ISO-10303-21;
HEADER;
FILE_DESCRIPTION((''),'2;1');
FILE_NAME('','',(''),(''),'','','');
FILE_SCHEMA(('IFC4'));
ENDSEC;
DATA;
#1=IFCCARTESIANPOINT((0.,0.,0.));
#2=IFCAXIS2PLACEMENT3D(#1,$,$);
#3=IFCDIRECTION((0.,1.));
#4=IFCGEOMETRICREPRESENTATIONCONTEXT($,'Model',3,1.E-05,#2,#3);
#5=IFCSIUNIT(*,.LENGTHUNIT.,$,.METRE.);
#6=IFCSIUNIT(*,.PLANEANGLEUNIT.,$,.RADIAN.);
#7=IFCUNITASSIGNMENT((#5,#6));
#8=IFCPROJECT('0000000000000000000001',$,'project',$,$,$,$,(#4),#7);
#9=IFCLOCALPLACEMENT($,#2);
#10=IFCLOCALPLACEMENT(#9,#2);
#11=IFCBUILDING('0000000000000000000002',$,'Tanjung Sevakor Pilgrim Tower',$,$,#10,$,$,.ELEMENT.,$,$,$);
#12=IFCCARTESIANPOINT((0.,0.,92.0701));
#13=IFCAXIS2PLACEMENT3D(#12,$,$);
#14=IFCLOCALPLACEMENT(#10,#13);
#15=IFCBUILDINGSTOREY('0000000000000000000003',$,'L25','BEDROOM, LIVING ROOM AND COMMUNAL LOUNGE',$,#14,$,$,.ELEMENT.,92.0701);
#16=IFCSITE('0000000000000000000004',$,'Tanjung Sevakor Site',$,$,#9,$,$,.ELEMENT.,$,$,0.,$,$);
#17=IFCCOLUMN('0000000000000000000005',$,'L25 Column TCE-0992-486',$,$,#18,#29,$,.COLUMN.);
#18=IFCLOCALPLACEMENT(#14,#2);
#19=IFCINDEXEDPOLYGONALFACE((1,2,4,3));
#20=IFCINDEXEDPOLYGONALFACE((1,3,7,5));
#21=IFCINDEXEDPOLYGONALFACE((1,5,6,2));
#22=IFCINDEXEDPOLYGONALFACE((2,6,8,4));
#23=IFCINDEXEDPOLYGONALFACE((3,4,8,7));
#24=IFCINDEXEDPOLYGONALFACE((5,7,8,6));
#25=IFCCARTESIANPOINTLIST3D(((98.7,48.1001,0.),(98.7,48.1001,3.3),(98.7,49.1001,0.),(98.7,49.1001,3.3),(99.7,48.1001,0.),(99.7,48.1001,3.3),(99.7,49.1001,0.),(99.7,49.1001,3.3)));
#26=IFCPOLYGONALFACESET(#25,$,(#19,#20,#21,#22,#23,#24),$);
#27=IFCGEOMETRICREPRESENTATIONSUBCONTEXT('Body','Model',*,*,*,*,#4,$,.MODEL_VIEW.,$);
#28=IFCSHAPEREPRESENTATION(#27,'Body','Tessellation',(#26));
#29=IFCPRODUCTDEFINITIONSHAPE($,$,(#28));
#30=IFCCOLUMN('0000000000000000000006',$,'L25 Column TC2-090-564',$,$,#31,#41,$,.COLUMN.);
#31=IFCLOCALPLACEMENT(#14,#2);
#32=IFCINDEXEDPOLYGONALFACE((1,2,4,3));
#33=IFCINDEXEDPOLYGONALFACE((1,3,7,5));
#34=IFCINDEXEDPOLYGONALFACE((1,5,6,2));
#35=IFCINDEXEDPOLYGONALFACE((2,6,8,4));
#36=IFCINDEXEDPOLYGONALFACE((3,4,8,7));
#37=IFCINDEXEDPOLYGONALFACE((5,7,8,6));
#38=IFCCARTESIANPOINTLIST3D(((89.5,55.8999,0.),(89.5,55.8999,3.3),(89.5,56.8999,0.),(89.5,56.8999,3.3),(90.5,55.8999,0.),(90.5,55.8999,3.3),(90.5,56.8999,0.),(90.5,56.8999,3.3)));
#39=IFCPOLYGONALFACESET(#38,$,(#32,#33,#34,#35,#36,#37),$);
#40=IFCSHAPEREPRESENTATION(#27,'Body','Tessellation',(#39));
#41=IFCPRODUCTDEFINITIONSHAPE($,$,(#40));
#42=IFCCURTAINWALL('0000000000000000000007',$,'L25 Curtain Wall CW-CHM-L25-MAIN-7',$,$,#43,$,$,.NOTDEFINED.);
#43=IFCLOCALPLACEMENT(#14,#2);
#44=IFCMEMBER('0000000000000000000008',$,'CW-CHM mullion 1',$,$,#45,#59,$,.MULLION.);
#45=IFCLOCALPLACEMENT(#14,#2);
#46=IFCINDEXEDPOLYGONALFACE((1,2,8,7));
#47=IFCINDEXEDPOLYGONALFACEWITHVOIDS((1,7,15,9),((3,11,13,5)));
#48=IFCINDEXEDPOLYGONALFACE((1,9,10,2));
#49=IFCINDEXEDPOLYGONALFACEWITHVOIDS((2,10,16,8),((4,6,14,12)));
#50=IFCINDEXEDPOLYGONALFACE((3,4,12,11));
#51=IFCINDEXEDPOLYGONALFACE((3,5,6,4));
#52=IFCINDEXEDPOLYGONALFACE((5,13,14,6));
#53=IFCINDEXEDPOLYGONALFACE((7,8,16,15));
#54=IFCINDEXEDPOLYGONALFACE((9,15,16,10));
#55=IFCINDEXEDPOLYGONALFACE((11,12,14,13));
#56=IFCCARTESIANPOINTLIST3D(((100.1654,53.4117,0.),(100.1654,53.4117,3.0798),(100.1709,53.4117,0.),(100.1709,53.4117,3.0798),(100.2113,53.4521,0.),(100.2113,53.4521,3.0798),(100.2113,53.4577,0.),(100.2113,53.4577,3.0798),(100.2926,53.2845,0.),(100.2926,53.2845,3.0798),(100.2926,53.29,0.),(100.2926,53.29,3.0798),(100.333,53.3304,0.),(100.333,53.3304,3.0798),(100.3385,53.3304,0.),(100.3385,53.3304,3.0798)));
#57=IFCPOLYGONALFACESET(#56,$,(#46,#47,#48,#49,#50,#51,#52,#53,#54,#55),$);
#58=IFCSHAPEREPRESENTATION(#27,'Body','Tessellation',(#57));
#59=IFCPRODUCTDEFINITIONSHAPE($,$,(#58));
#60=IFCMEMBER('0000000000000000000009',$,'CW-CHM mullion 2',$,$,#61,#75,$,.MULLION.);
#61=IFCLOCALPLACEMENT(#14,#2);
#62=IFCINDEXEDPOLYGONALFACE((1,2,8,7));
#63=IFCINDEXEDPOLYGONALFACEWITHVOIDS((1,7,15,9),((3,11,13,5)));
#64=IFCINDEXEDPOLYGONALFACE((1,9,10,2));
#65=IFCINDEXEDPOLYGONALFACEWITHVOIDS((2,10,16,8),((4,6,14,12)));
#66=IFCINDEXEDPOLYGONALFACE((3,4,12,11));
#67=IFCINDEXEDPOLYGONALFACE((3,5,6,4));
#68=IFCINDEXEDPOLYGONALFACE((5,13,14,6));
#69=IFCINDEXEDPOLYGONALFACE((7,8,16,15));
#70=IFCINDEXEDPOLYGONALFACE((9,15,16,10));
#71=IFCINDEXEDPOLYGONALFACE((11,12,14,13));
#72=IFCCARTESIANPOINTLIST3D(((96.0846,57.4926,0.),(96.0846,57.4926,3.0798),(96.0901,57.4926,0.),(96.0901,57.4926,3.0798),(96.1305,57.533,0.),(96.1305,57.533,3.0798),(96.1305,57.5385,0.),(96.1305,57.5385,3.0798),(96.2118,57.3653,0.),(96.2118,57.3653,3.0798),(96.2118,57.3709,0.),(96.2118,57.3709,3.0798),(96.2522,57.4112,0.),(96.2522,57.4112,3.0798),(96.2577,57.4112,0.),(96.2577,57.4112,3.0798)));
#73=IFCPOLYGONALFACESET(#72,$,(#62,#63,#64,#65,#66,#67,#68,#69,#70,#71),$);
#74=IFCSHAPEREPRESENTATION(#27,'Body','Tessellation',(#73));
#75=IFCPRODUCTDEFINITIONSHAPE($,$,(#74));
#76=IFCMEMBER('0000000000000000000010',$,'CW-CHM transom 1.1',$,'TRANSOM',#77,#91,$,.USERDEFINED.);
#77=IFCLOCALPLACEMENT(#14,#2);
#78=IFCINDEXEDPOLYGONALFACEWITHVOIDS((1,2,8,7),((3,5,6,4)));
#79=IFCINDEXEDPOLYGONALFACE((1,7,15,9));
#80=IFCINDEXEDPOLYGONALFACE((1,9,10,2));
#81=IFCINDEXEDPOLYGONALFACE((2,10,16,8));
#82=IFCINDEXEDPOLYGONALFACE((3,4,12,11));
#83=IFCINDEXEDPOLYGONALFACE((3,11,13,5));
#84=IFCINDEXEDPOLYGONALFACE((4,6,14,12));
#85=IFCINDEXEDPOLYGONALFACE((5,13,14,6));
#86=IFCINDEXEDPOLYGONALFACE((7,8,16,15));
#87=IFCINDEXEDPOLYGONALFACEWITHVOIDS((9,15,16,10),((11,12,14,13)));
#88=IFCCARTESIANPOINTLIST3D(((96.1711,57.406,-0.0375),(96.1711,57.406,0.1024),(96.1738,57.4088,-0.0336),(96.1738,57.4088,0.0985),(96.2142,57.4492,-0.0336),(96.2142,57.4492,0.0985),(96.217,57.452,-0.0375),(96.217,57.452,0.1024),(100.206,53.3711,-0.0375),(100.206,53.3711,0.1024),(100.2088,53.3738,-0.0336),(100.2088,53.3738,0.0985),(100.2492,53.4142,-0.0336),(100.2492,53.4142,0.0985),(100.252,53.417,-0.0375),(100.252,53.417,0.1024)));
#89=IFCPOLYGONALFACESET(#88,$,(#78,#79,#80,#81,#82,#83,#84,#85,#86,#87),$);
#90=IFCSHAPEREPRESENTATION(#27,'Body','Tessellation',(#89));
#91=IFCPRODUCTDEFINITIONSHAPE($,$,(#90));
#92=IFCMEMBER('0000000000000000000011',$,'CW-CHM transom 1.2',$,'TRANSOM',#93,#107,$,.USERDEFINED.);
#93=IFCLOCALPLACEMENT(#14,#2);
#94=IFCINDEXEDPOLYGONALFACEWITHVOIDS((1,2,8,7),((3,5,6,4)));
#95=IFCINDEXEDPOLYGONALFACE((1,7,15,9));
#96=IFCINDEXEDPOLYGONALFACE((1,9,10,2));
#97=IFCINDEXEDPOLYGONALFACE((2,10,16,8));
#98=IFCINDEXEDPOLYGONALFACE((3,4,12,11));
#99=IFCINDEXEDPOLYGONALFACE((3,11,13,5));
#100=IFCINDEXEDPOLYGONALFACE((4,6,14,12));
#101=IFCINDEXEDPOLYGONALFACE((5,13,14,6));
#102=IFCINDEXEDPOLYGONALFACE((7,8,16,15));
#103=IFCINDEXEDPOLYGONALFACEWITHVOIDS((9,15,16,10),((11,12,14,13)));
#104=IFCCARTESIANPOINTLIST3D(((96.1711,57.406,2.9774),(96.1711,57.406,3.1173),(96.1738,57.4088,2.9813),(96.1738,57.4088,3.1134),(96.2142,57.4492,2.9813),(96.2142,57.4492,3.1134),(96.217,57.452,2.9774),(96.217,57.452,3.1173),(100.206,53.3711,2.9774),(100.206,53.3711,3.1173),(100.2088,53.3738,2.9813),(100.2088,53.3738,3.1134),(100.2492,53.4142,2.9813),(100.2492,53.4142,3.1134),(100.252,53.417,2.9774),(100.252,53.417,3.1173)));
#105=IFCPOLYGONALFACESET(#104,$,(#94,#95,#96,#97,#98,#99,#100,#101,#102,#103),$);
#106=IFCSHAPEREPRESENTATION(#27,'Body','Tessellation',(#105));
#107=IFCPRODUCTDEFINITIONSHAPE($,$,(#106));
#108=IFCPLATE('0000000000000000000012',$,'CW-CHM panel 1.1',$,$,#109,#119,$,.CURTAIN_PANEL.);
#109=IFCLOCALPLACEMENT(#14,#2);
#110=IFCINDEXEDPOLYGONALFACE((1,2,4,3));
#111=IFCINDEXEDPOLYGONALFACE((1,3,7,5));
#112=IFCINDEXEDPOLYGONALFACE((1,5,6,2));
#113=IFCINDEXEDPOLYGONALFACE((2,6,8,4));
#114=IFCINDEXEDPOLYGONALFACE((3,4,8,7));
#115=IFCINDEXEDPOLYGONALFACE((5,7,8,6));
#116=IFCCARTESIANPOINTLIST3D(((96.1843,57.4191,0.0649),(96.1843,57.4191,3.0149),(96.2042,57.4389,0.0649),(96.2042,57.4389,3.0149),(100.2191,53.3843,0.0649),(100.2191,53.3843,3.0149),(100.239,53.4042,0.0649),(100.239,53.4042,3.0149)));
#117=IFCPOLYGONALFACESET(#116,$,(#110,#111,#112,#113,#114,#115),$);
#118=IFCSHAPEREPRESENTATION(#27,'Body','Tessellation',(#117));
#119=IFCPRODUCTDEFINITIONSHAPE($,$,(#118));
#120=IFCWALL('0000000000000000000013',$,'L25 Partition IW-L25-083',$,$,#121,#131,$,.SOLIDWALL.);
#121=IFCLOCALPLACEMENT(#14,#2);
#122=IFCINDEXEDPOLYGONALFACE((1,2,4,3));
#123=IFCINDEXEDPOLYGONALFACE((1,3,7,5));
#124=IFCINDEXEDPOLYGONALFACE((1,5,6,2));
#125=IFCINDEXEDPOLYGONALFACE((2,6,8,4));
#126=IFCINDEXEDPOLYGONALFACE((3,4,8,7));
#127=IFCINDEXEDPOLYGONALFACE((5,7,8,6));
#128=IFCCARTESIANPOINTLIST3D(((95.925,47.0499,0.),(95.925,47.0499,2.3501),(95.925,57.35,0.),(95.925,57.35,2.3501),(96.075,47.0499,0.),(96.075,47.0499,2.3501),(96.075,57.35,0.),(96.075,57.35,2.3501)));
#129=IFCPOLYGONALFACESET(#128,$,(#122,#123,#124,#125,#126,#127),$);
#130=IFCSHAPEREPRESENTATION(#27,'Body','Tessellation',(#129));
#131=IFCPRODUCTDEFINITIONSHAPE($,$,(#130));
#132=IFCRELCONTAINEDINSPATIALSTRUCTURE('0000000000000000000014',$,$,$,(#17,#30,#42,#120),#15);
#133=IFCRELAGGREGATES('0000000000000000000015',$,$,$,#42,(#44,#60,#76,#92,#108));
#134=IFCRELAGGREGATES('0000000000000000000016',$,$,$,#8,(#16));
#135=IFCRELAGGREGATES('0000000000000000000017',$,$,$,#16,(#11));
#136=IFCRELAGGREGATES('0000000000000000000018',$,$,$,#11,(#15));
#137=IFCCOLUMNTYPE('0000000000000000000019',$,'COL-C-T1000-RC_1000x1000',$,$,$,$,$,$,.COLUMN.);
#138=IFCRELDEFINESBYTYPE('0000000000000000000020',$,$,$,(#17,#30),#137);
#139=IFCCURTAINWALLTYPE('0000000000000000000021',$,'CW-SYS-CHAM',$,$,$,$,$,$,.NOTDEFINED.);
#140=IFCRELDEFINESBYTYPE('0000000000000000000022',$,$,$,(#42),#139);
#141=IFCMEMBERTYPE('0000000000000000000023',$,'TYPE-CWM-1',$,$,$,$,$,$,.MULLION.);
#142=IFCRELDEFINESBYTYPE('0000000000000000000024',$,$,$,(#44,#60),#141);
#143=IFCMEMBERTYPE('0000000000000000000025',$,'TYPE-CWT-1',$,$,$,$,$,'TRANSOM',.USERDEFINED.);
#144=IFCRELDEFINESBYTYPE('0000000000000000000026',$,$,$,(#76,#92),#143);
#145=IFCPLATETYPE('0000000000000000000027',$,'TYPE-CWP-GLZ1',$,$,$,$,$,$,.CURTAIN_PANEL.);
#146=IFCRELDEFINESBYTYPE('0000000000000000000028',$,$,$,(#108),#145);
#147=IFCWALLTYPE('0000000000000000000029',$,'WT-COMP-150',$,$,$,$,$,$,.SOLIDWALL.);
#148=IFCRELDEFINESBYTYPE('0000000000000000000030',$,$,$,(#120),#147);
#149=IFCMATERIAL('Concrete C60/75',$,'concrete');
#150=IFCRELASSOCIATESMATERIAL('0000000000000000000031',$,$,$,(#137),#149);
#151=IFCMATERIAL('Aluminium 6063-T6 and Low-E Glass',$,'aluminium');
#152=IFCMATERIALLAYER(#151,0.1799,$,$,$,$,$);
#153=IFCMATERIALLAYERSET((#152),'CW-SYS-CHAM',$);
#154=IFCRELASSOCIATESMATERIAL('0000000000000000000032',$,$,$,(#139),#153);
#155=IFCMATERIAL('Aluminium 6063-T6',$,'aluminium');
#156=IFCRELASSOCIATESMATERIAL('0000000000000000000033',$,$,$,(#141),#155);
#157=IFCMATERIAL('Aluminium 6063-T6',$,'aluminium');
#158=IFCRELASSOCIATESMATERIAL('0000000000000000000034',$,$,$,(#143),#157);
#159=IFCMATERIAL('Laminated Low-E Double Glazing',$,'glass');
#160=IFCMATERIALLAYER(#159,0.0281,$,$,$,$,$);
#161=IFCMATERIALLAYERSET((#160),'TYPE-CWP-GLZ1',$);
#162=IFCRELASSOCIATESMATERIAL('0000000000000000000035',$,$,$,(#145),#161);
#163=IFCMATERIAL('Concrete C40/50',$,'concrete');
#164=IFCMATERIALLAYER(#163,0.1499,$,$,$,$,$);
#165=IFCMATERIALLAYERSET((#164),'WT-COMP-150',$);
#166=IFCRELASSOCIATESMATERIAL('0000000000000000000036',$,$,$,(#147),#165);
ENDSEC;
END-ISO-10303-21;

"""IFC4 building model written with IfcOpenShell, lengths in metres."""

from ifc_helpers import new_model, si_unit, direction, frame, frame_2d, origin, origin_2d, place, context, subcontext, project, spatial, rectangle, hollow_rectangle, extrude, material, layer, layer_set, material_profile, profile_set, type_object, element, aggregate, save


model = new_model("IFC4")

# Units and contexts
model_context = context("Model", 3, precision=1e-05, world=origin(), true_north=direction((0.0, 1.0)))
body_context = subcontext(model_context, "Body", "Model", "MODEL_VIEW")
ifc_project = project(units=[si_unit("LENGTHUNIT", "METRE"), si_unit("PLANEANGLEUNIT", "RADIAN")], contexts=[model_context])

# Site, building, storey
site_placement = place(None, origin())
site = spatial("IfcSite", under=ifc_project, at=site_placement, Name="Tanjung Sevakor Site", CompositionType="ELEMENT", RefElevation=0.0)
building_placement = place(site_placement, origin())
building = spatial("IfcBuilding", under=site, at=building_placement, Name="Tanjung Sevakor Pilgrim Tower", CompositionType="ELEMENT")
storey_placement = place(building_placement, frame((0.0, 0.0, 92.0701)))
storey = spatial("IfcBuildingStorey", under=building, at=storey_placement, Name="L25", Description="BEDROOM, LIVING ROOM AND COMMUNAL LOUNGE", CompositionType="ELEMENT", Elevation=92.0701)

# Columns
ifc_material_1 = material(Name="Concrete C60/75", Category="concrete")
ifc_material_profile_1 = material_profile(ifc_material_1, rectangle(XDim=1.0, YDim=1.0, at=origin_2d()))
ifc_profile_set_1 = profile_set([ifc_material_profile_1], Name="Concrete C60/75")
column_type = type_object("IfcColumnType", Name="COL-C-T1000-RC_1000x1000", PredefinedType="COLUMN", material=ifc_profile_set_1)
for number, where, z_axis, x_axis, name in (
    (1, (99.2, 48.6001, 0.0), (0.0, 0.0, 1.0), (1.0, 0.0, 0.0), "L25 Column TCE-0992-486"),
    (2, (90.0, 56.3999, 0.0), (0.0, 0.0, 1.0), (1.0, 0.0, 0.0), "L25 Column TC2-090-564"),
):
    element("IfcColumn", number, at=place(storey_placement, frame(where, z_axis=z_axis, x_axis=x_axis)), inside=storey, type_object=column_type, Name=name, PredefinedType="COLUMN", context=body_context, shape_type="SweptSolid", body=[
        extrude(rectangle(XDim=1.0, YDim=1.0, at=origin_2d()), origin(), (0.0, 0.0, 1.0), 3.3),
    ])

# Curtain wall, members, plate
ifc_material_2 = material(Name="Aluminium 6063-T6 and Low-E Glass", Category="aluminium")
ifc_layer_1 = layer(ifc_material_2, 0.1799)
ifc_layer_set_1 = layer_set([ifc_layer_1], Name="CW-SYS-CHAM")
curtain_wall_type = type_object("IfcCurtainWallType", Name="CW-SYS-CHAM", PredefinedType="NOTDEFINED", material=ifc_layer_set_1)
curtain_wall_placement = place(storey_placement, origin())
curtain_wall = element("IfcCurtainWall", 3, at=curtain_wall_placement, inside=storey, type_object=curtain_wall_type, Name="L25 Curtain Wall CW-CHM-L25-MAIN-7", PredefinedType="NOTDEFINED")
ifc_material_3 = material(Name="Aluminium 6063-T6", Category="aluminium")
ifc_material_profile_2 = material_profile(ifc_material_3, hollow_rectangle(XDim=0.0649, YDim=0.1799, WallThickness=0.0039, at=origin_2d()))
ifc_profile_set_2 = profile_set([ifc_material_profile_2], Name="Aluminium 6063-T6")
member_type_1 = type_object("IfcMemberType", Name="TYPE-CWM-1", PredefinedType="MULLION", material=ifc_profile_set_2)
member_1_placement = place(storey_placement, frame((100.252, 53.3711, 0.0), z_axis=(0.0, 0.0, 1.0), x_axis=(-0.707107, -0.707107, 0.0)))
member_1 = element("IfcMember", 4, at=member_1_placement, type_object=member_type_1, Name="CW-CHM mullion 1", PredefinedType="MULLION", context=body_context, shape_type="SweptSolid", body=[
    extrude(hollow_rectangle(XDim=0.0649, YDim=0.1799, WallThickness=0.0039, at=origin_2d()), origin(), (0.0, 0.0, 1.0), 3.0798),
])
member_2_placement = place(storey_placement, frame((96.1711, 57.4519, 0.0), z_axis=(0.0, 0.0, 1.0), x_axis=(-0.707107, -0.707107, 0.0)))
member_2 = element("IfcMember", 5, at=member_2_placement, type_object=member_type_1, Name="CW-CHM mullion 2", PredefinedType="MULLION", context=body_context, shape_type="SweptSolid", body=[
    extrude(hollow_rectangle(XDim=0.0649, YDim=0.1799, WallThickness=0.0039, at=origin_2d()), origin(), (0.0, 0.0, 1.0), 3.0798),
])
ifc_material_4 = material(Name="Aluminium 6063-T6", Category="aluminium")
ifc_material_profile_3 = material_profile(ifc_material_4, hollow_rectangle(XDim=0.0649, YDim=0.1399, WallThickness=0.0039, at=origin_2d()))
ifc_profile_set_3 = profile_set([ifc_material_profile_3], Name="Aluminium 6063-T6")
member_type_2 = type_object("IfcMemberType", Name="TYPE-CWT-1", ElementType="TRANSOM", PredefinedType="USERDEFINED", material=ifc_profile_set_3)
member_3_placement = place(storey_placement, frame((100.229, 53.394, 0.0325), z_axis=(-0.707107, 0.707107, 0.0), x_axis=(-0.707107, -0.707107, 0.0)))
member_3 = element("IfcMember", 6, at=member_3_placement, type_object=member_type_2, Name="CW-CHM transom 1.1", ObjectType="TRANSOM", PredefinedType="USERDEFINED", context=body_context, shape_type="SweptSolid", body=[
    extrude(hollow_rectangle(XDim=0.0649, YDim=0.1399, WallThickness=0.0039, at=origin_2d()), origin(), (0.0, 0.0, 1.0), 5.7063),
])
member_4_placement = place(storey_placement, frame((100.229, 53.394, 3.0474), z_axis=(-0.707107, 0.707107, 0.0), x_axis=(-0.707107, -0.707107, 0.0)))
member_4 = element("IfcMember", 7, at=member_4_placement, type_object=member_type_2, Name="CW-CHM transom 1.2", ObjectType="TRANSOM", PredefinedType="USERDEFINED", context=body_context, shape_type="SweptSolid", body=[
    extrude(hollow_rectangle(XDim=0.0649, YDim=0.1399, WallThickness=0.0039, at=origin_2d()), origin(), (0.0, 0.0, 1.0), 5.7063),
])
ifc_material_5 = material(Name="Laminated Low-E Double Glazing", Category="glass")
ifc_layer_2 = layer(ifc_material_5, 0.0281)
ifc_layer_set_2 = layer_set([ifc_layer_2], Name="TYPE-CWP-GLZ1")
plate_type = type_object("IfcPlateType", Name="TYPE-CWP-GLZ1", PredefinedType="CURTAIN_PANEL", material=ifc_layer_set_2)
plate_placement = place(storey_placement, frame((98.2117, 55.4116, 0.0649), z_axis=(0.0, 0.0, 1.0), x_axis=(-0.707107, 0.707107, 0.0)))
plate = element("IfcPlate", 8, at=plate_placement, type_object=plate_type, Name="CW-CHM panel 1.1", PredefinedType="CURTAIN_PANEL", context=body_context, shape_type="SweptSolid", body=[
    extrude(rectangle(XDim=5.7061, YDim=0.0281, at=origin_2d()), origin(), (0.0, 0.0, 1.0), 2.95),
])
aggregate(curtain_wall, [member_1, member_2, member_3, member_4, plate])

# Wall
ifc_material_6 = material(Name="Concrete C40/50", Category="concrete")
ifc_layer_3 = layer(ifc_material_6, 0.1499)
ifc_layer_set_3 = layer_set([ifc_layer_3], Name="WT-COMP-150")
wall_type_1 = type_object("IfcWallType", Name="WT-COMP-150", PredefinedType="SOLIDWALL", material=ifc_layer_set_3)
wall_1_placement = place(storey_placement, frame((96.0, 47.05, 0.0), z_axis=(0.0, 0.0, 1.0), x_axis=(0.0, 1.0, 0.0)))
element("IfcWall", 9, at=wall_1_placement, inside=storey, type_object=wall_type_1, Name="L25 Partition IW-L25-083", PredefinedType="SOLIDWALL", context=body_context, shape_type="SweptSolid", body=[
    extrude(rectangle(XDim=10.3, YDim=0.1499, at=frame_2d((5.1499, 0.0))), origin(), (0.0, 0.0, 1.0), 2.3501),
])

save(model, "model.ifc")
